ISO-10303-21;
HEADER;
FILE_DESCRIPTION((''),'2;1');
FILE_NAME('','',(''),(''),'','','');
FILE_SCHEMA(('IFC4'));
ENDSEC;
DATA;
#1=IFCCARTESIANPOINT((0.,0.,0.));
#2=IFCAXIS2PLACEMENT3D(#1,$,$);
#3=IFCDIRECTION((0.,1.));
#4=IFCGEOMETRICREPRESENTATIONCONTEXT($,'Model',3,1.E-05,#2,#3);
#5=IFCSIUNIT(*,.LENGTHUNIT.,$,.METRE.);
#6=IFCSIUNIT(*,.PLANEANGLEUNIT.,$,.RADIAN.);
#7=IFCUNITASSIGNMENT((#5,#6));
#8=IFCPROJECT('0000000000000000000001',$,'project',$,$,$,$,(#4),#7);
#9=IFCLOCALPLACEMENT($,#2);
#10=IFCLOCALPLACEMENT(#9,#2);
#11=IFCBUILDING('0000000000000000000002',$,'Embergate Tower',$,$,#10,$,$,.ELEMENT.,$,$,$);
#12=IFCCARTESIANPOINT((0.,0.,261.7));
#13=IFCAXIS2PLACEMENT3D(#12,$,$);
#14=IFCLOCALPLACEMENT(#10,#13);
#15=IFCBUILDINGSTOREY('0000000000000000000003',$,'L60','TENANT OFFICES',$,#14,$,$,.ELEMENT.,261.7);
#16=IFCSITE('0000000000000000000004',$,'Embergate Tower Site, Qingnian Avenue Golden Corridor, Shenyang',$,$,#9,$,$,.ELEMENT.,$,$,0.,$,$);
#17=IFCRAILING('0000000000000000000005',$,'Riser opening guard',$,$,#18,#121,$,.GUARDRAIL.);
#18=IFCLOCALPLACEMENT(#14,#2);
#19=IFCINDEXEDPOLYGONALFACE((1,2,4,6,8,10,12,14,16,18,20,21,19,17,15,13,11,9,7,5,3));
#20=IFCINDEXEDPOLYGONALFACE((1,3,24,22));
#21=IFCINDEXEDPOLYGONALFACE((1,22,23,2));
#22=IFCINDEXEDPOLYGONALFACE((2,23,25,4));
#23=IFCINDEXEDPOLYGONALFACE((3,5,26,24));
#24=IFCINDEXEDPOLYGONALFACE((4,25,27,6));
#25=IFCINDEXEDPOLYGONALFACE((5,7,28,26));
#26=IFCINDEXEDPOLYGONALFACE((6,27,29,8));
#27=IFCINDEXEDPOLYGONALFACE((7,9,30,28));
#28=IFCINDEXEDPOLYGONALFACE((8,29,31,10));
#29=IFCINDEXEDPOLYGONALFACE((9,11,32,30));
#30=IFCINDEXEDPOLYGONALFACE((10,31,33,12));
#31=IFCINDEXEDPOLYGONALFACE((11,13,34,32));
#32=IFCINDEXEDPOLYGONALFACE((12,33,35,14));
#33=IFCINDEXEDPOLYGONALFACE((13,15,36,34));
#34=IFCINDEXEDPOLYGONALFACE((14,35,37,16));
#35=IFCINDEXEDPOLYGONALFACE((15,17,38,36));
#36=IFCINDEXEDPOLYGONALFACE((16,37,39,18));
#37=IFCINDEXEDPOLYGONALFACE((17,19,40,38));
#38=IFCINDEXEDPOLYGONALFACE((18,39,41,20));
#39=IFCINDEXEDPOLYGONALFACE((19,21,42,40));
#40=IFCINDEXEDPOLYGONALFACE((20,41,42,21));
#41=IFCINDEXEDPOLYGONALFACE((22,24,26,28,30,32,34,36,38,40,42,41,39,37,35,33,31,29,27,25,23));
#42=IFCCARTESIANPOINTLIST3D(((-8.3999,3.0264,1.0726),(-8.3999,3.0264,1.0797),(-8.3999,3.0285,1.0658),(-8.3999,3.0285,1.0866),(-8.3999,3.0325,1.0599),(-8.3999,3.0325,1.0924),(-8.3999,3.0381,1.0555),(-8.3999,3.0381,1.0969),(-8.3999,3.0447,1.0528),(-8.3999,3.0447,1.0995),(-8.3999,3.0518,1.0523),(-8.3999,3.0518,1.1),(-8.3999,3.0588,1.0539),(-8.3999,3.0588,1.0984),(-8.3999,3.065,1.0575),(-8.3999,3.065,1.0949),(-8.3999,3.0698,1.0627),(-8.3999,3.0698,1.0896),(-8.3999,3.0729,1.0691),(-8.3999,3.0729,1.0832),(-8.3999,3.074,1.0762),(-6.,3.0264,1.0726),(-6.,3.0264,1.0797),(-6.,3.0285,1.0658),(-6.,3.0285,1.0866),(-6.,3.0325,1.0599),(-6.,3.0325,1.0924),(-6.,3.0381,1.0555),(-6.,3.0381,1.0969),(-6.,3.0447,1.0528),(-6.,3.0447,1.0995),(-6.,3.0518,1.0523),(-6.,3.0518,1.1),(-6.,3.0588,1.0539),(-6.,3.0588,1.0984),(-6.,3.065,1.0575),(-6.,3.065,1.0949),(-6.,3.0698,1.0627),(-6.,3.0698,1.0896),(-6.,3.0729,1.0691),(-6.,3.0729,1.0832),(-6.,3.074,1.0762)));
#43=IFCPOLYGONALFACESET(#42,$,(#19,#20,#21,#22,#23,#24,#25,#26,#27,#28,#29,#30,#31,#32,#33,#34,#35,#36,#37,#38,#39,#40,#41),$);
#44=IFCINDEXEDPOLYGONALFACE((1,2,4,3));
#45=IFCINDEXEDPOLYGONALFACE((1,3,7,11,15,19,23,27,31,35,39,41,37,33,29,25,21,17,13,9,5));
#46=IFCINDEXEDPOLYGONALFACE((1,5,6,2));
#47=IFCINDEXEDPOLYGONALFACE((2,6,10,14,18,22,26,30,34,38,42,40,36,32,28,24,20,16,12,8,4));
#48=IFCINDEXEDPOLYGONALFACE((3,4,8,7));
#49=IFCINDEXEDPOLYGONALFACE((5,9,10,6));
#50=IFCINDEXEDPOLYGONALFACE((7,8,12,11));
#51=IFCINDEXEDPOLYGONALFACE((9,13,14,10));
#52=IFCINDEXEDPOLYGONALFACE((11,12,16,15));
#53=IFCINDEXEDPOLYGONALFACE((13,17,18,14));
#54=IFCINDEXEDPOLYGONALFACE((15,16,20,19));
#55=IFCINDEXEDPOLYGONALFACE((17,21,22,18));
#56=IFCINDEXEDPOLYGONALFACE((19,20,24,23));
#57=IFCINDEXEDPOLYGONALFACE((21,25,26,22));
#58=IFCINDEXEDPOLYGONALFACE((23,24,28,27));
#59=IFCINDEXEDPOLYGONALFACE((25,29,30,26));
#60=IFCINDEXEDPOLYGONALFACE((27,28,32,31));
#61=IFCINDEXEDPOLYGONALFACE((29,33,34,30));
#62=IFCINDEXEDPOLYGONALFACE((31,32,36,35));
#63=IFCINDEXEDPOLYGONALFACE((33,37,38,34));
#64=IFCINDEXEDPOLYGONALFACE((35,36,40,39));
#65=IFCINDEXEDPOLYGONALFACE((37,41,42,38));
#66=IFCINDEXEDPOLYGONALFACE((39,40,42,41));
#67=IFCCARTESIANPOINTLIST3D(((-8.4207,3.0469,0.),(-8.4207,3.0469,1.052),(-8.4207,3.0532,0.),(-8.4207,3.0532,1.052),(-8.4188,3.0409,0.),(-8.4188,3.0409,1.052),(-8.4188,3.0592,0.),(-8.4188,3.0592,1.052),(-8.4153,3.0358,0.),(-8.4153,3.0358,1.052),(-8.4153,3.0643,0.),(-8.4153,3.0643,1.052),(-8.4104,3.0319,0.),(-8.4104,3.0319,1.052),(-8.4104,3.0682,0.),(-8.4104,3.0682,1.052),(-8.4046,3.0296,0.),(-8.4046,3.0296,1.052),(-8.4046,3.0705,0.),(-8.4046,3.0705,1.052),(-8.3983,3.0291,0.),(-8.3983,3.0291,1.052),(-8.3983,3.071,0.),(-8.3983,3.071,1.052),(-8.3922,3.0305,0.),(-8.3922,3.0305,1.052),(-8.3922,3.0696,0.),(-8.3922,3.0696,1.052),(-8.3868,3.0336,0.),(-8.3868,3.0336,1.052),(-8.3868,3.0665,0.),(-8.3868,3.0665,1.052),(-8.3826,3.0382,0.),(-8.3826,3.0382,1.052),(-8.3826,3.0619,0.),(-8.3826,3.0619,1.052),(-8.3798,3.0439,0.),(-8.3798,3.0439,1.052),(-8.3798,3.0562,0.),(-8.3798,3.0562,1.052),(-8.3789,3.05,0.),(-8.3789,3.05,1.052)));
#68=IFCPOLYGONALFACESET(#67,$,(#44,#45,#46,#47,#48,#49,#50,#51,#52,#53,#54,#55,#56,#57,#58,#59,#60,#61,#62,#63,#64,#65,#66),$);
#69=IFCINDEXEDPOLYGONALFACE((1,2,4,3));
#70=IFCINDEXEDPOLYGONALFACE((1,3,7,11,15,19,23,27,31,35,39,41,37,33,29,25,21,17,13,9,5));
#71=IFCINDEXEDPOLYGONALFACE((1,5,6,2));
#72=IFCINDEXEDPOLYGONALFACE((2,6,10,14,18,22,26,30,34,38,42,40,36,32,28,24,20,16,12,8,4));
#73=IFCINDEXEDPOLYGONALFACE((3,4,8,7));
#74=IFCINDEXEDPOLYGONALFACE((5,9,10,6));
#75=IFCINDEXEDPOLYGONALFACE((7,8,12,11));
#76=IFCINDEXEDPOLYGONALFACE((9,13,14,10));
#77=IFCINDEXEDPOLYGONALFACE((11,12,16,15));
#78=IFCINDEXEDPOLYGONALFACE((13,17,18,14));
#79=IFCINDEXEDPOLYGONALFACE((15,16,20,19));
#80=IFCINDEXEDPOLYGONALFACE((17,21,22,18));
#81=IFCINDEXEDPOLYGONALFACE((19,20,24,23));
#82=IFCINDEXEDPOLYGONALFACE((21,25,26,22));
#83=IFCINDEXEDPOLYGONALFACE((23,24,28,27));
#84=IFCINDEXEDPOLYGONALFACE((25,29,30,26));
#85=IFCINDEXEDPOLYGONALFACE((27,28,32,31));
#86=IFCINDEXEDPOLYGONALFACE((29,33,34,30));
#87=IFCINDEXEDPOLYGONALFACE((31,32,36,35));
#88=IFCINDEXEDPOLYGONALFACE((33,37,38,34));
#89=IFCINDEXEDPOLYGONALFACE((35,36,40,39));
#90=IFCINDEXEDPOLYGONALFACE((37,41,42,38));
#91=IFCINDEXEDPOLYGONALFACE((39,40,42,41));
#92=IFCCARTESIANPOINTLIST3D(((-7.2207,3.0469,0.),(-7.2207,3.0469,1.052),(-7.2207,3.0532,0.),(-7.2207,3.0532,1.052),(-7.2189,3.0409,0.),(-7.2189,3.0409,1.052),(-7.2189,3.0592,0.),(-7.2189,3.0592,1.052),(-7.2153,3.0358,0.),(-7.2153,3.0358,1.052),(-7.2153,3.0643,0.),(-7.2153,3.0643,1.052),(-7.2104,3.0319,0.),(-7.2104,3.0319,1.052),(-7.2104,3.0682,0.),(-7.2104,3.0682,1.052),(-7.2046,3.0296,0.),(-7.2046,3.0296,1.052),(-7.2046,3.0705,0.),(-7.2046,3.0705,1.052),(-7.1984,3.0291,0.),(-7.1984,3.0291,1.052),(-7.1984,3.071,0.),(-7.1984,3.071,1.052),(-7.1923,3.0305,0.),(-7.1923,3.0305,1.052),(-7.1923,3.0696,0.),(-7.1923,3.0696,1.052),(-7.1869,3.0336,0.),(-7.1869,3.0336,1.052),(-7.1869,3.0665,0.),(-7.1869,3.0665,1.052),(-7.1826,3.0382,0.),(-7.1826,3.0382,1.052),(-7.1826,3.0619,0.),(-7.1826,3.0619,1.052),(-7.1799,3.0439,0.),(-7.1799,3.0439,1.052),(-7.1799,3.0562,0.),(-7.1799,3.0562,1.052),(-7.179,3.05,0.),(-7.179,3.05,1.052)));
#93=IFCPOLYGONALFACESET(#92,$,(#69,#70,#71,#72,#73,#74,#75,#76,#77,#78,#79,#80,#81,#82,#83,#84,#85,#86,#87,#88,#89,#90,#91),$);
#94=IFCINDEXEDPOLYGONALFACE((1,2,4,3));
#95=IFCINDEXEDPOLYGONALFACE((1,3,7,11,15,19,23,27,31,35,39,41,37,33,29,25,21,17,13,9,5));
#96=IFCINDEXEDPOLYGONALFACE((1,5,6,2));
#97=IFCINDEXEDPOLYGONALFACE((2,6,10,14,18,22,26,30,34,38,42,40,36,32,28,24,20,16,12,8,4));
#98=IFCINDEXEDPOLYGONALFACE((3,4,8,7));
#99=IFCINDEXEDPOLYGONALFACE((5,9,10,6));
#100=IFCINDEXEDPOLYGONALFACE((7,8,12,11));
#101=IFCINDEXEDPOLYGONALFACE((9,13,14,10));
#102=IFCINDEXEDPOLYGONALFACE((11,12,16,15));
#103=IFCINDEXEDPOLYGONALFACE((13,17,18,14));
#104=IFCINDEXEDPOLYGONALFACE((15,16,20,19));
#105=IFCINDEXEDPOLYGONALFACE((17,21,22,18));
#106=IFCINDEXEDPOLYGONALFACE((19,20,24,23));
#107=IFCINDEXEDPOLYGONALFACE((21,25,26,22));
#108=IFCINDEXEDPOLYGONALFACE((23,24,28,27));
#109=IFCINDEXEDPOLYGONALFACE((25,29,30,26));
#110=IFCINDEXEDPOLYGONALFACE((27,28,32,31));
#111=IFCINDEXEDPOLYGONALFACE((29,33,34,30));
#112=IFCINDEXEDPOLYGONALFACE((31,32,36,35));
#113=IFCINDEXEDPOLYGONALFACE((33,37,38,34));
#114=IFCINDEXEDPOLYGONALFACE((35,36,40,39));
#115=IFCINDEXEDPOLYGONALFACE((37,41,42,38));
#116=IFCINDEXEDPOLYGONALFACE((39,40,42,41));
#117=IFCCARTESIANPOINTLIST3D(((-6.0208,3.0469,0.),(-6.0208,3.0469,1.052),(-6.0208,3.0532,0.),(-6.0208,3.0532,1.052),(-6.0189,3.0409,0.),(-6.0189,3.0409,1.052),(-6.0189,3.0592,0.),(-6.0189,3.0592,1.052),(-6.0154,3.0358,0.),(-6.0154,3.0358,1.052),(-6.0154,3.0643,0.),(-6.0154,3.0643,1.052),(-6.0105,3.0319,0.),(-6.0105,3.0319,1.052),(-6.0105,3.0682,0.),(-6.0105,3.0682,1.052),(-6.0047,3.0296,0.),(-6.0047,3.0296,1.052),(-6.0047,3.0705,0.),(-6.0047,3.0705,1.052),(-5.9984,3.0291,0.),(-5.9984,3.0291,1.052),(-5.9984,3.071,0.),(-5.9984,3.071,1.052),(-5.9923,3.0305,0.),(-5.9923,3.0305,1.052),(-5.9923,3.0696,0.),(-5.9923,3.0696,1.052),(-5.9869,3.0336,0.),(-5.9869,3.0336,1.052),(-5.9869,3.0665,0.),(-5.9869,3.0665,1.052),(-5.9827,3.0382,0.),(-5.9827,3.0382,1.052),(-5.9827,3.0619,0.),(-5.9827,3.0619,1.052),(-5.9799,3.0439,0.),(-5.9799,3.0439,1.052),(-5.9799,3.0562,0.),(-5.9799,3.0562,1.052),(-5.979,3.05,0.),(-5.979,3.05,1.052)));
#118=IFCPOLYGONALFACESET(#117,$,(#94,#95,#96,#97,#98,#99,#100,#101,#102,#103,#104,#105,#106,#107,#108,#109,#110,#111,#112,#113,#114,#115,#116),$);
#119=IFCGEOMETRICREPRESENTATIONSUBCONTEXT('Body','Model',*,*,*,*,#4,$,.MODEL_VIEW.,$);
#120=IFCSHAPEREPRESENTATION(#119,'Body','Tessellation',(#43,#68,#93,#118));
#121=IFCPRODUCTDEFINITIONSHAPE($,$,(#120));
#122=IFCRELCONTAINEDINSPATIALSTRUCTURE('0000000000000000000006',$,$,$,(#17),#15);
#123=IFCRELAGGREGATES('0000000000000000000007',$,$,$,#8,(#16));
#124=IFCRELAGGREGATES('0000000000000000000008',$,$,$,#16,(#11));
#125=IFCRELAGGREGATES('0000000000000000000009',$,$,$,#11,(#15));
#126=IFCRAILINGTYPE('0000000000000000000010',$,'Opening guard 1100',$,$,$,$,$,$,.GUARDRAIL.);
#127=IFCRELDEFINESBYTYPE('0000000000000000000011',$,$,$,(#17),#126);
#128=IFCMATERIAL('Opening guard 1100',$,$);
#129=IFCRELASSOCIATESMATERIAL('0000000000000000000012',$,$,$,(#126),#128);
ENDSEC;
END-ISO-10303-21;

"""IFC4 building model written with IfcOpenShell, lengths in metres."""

from ifc_helpers import new_model, si_unit, direction, frame, origin, origin_2d, place, context, subcontext, project, spatial, circle, extrude, source, transform, mapped, material, type_object, element, save


model = new_model("IFC4")

# Units and contexts
model_context = context("Model", 3, precision=1e-05, world=origin(), true_north=direction((0.0, 1.0)))
body_context = subcontext(model_context, "Body", "Model", "MODEL_VIEW")
ifc_project = project(units=[si_unit("LENGTHUNIT", "METRE"), si_unit("PLANEANGLEUNIT", "RADIAN")], contexts=[model_context])

# Site, building, storey
site_placement = place(None, origin())
site = spatial("IfcSite", under=ifc_project, at=site_placement, Name="Embergate Tower Site, Qingnian Avenue Golden Corridor, Shenyang", CompositionType="ELEMENT", RefElevation=0.0)
building_placement = place(site_placement, origin())
building = spatial("IfcBuilding", under=site, at=building_placement, Name="Embergate Tower", CompositionType="ELEMENT")
storey_placement = place(building_placement, frame((0.0, 0.0, 261.7)))
storey = spatial("IfcBuildingStorey", under=building, at=storey_placement, Name="L60", Description="TENANT OFFICES", CompositionType="ELEMENT", Elevation=261.7)

# Railing
ifc_material_1 = material(Name="Opening guard 1100")
railing_type = type_object("IfcRailingType", Name="Opening guard 1100", PredefinedType="GUARDRAIL", material=ifc_material_1)
shared_shape_1 = source(origin(), body_context, "Body", "SweptSolid", [
    extrude(circle(Radius=0.0239, at=origin_2d()), frame((0.0, 0.0, 1.0762), z_axis=(1.0, 0.0, 0.0), x_axis=(0.0, 1.0, 0.0)), (0.0, 0.0, 1.0), 2.3999),
    extrude(circle(Radius=0.021, at=origin_2d()), origin(), (0.0, 0.0, 1.0), 1.052),
    extrude(circle(Radius=0.021, at=origin_2d()), frame((1.2, 0.0, 0.0)), (0.0, 0.0, 1.0), 1.052),
    extrude(circle(Radius=0.021, at=origin_2d()), frame((2.3999, 0.0, 0.0)), (0.0, 0.0, 1.0), 1.052),
])
railing_1_placement = place(storey_placement, frame((-8.3999, 3.05, 0.0)))
element("IfcRailing", 1, at=railing_1_placement, inside=storey, type_object=railing_type, Name="Riser opening guard", PredefinedType="GUARDRAIL", context=body_context, shape_type="MappedRepresentation", body=[
    mapped(shared_shape_1, transform((0.0, 0.0, 0.0))),
])

save(model, "model.ifc")
